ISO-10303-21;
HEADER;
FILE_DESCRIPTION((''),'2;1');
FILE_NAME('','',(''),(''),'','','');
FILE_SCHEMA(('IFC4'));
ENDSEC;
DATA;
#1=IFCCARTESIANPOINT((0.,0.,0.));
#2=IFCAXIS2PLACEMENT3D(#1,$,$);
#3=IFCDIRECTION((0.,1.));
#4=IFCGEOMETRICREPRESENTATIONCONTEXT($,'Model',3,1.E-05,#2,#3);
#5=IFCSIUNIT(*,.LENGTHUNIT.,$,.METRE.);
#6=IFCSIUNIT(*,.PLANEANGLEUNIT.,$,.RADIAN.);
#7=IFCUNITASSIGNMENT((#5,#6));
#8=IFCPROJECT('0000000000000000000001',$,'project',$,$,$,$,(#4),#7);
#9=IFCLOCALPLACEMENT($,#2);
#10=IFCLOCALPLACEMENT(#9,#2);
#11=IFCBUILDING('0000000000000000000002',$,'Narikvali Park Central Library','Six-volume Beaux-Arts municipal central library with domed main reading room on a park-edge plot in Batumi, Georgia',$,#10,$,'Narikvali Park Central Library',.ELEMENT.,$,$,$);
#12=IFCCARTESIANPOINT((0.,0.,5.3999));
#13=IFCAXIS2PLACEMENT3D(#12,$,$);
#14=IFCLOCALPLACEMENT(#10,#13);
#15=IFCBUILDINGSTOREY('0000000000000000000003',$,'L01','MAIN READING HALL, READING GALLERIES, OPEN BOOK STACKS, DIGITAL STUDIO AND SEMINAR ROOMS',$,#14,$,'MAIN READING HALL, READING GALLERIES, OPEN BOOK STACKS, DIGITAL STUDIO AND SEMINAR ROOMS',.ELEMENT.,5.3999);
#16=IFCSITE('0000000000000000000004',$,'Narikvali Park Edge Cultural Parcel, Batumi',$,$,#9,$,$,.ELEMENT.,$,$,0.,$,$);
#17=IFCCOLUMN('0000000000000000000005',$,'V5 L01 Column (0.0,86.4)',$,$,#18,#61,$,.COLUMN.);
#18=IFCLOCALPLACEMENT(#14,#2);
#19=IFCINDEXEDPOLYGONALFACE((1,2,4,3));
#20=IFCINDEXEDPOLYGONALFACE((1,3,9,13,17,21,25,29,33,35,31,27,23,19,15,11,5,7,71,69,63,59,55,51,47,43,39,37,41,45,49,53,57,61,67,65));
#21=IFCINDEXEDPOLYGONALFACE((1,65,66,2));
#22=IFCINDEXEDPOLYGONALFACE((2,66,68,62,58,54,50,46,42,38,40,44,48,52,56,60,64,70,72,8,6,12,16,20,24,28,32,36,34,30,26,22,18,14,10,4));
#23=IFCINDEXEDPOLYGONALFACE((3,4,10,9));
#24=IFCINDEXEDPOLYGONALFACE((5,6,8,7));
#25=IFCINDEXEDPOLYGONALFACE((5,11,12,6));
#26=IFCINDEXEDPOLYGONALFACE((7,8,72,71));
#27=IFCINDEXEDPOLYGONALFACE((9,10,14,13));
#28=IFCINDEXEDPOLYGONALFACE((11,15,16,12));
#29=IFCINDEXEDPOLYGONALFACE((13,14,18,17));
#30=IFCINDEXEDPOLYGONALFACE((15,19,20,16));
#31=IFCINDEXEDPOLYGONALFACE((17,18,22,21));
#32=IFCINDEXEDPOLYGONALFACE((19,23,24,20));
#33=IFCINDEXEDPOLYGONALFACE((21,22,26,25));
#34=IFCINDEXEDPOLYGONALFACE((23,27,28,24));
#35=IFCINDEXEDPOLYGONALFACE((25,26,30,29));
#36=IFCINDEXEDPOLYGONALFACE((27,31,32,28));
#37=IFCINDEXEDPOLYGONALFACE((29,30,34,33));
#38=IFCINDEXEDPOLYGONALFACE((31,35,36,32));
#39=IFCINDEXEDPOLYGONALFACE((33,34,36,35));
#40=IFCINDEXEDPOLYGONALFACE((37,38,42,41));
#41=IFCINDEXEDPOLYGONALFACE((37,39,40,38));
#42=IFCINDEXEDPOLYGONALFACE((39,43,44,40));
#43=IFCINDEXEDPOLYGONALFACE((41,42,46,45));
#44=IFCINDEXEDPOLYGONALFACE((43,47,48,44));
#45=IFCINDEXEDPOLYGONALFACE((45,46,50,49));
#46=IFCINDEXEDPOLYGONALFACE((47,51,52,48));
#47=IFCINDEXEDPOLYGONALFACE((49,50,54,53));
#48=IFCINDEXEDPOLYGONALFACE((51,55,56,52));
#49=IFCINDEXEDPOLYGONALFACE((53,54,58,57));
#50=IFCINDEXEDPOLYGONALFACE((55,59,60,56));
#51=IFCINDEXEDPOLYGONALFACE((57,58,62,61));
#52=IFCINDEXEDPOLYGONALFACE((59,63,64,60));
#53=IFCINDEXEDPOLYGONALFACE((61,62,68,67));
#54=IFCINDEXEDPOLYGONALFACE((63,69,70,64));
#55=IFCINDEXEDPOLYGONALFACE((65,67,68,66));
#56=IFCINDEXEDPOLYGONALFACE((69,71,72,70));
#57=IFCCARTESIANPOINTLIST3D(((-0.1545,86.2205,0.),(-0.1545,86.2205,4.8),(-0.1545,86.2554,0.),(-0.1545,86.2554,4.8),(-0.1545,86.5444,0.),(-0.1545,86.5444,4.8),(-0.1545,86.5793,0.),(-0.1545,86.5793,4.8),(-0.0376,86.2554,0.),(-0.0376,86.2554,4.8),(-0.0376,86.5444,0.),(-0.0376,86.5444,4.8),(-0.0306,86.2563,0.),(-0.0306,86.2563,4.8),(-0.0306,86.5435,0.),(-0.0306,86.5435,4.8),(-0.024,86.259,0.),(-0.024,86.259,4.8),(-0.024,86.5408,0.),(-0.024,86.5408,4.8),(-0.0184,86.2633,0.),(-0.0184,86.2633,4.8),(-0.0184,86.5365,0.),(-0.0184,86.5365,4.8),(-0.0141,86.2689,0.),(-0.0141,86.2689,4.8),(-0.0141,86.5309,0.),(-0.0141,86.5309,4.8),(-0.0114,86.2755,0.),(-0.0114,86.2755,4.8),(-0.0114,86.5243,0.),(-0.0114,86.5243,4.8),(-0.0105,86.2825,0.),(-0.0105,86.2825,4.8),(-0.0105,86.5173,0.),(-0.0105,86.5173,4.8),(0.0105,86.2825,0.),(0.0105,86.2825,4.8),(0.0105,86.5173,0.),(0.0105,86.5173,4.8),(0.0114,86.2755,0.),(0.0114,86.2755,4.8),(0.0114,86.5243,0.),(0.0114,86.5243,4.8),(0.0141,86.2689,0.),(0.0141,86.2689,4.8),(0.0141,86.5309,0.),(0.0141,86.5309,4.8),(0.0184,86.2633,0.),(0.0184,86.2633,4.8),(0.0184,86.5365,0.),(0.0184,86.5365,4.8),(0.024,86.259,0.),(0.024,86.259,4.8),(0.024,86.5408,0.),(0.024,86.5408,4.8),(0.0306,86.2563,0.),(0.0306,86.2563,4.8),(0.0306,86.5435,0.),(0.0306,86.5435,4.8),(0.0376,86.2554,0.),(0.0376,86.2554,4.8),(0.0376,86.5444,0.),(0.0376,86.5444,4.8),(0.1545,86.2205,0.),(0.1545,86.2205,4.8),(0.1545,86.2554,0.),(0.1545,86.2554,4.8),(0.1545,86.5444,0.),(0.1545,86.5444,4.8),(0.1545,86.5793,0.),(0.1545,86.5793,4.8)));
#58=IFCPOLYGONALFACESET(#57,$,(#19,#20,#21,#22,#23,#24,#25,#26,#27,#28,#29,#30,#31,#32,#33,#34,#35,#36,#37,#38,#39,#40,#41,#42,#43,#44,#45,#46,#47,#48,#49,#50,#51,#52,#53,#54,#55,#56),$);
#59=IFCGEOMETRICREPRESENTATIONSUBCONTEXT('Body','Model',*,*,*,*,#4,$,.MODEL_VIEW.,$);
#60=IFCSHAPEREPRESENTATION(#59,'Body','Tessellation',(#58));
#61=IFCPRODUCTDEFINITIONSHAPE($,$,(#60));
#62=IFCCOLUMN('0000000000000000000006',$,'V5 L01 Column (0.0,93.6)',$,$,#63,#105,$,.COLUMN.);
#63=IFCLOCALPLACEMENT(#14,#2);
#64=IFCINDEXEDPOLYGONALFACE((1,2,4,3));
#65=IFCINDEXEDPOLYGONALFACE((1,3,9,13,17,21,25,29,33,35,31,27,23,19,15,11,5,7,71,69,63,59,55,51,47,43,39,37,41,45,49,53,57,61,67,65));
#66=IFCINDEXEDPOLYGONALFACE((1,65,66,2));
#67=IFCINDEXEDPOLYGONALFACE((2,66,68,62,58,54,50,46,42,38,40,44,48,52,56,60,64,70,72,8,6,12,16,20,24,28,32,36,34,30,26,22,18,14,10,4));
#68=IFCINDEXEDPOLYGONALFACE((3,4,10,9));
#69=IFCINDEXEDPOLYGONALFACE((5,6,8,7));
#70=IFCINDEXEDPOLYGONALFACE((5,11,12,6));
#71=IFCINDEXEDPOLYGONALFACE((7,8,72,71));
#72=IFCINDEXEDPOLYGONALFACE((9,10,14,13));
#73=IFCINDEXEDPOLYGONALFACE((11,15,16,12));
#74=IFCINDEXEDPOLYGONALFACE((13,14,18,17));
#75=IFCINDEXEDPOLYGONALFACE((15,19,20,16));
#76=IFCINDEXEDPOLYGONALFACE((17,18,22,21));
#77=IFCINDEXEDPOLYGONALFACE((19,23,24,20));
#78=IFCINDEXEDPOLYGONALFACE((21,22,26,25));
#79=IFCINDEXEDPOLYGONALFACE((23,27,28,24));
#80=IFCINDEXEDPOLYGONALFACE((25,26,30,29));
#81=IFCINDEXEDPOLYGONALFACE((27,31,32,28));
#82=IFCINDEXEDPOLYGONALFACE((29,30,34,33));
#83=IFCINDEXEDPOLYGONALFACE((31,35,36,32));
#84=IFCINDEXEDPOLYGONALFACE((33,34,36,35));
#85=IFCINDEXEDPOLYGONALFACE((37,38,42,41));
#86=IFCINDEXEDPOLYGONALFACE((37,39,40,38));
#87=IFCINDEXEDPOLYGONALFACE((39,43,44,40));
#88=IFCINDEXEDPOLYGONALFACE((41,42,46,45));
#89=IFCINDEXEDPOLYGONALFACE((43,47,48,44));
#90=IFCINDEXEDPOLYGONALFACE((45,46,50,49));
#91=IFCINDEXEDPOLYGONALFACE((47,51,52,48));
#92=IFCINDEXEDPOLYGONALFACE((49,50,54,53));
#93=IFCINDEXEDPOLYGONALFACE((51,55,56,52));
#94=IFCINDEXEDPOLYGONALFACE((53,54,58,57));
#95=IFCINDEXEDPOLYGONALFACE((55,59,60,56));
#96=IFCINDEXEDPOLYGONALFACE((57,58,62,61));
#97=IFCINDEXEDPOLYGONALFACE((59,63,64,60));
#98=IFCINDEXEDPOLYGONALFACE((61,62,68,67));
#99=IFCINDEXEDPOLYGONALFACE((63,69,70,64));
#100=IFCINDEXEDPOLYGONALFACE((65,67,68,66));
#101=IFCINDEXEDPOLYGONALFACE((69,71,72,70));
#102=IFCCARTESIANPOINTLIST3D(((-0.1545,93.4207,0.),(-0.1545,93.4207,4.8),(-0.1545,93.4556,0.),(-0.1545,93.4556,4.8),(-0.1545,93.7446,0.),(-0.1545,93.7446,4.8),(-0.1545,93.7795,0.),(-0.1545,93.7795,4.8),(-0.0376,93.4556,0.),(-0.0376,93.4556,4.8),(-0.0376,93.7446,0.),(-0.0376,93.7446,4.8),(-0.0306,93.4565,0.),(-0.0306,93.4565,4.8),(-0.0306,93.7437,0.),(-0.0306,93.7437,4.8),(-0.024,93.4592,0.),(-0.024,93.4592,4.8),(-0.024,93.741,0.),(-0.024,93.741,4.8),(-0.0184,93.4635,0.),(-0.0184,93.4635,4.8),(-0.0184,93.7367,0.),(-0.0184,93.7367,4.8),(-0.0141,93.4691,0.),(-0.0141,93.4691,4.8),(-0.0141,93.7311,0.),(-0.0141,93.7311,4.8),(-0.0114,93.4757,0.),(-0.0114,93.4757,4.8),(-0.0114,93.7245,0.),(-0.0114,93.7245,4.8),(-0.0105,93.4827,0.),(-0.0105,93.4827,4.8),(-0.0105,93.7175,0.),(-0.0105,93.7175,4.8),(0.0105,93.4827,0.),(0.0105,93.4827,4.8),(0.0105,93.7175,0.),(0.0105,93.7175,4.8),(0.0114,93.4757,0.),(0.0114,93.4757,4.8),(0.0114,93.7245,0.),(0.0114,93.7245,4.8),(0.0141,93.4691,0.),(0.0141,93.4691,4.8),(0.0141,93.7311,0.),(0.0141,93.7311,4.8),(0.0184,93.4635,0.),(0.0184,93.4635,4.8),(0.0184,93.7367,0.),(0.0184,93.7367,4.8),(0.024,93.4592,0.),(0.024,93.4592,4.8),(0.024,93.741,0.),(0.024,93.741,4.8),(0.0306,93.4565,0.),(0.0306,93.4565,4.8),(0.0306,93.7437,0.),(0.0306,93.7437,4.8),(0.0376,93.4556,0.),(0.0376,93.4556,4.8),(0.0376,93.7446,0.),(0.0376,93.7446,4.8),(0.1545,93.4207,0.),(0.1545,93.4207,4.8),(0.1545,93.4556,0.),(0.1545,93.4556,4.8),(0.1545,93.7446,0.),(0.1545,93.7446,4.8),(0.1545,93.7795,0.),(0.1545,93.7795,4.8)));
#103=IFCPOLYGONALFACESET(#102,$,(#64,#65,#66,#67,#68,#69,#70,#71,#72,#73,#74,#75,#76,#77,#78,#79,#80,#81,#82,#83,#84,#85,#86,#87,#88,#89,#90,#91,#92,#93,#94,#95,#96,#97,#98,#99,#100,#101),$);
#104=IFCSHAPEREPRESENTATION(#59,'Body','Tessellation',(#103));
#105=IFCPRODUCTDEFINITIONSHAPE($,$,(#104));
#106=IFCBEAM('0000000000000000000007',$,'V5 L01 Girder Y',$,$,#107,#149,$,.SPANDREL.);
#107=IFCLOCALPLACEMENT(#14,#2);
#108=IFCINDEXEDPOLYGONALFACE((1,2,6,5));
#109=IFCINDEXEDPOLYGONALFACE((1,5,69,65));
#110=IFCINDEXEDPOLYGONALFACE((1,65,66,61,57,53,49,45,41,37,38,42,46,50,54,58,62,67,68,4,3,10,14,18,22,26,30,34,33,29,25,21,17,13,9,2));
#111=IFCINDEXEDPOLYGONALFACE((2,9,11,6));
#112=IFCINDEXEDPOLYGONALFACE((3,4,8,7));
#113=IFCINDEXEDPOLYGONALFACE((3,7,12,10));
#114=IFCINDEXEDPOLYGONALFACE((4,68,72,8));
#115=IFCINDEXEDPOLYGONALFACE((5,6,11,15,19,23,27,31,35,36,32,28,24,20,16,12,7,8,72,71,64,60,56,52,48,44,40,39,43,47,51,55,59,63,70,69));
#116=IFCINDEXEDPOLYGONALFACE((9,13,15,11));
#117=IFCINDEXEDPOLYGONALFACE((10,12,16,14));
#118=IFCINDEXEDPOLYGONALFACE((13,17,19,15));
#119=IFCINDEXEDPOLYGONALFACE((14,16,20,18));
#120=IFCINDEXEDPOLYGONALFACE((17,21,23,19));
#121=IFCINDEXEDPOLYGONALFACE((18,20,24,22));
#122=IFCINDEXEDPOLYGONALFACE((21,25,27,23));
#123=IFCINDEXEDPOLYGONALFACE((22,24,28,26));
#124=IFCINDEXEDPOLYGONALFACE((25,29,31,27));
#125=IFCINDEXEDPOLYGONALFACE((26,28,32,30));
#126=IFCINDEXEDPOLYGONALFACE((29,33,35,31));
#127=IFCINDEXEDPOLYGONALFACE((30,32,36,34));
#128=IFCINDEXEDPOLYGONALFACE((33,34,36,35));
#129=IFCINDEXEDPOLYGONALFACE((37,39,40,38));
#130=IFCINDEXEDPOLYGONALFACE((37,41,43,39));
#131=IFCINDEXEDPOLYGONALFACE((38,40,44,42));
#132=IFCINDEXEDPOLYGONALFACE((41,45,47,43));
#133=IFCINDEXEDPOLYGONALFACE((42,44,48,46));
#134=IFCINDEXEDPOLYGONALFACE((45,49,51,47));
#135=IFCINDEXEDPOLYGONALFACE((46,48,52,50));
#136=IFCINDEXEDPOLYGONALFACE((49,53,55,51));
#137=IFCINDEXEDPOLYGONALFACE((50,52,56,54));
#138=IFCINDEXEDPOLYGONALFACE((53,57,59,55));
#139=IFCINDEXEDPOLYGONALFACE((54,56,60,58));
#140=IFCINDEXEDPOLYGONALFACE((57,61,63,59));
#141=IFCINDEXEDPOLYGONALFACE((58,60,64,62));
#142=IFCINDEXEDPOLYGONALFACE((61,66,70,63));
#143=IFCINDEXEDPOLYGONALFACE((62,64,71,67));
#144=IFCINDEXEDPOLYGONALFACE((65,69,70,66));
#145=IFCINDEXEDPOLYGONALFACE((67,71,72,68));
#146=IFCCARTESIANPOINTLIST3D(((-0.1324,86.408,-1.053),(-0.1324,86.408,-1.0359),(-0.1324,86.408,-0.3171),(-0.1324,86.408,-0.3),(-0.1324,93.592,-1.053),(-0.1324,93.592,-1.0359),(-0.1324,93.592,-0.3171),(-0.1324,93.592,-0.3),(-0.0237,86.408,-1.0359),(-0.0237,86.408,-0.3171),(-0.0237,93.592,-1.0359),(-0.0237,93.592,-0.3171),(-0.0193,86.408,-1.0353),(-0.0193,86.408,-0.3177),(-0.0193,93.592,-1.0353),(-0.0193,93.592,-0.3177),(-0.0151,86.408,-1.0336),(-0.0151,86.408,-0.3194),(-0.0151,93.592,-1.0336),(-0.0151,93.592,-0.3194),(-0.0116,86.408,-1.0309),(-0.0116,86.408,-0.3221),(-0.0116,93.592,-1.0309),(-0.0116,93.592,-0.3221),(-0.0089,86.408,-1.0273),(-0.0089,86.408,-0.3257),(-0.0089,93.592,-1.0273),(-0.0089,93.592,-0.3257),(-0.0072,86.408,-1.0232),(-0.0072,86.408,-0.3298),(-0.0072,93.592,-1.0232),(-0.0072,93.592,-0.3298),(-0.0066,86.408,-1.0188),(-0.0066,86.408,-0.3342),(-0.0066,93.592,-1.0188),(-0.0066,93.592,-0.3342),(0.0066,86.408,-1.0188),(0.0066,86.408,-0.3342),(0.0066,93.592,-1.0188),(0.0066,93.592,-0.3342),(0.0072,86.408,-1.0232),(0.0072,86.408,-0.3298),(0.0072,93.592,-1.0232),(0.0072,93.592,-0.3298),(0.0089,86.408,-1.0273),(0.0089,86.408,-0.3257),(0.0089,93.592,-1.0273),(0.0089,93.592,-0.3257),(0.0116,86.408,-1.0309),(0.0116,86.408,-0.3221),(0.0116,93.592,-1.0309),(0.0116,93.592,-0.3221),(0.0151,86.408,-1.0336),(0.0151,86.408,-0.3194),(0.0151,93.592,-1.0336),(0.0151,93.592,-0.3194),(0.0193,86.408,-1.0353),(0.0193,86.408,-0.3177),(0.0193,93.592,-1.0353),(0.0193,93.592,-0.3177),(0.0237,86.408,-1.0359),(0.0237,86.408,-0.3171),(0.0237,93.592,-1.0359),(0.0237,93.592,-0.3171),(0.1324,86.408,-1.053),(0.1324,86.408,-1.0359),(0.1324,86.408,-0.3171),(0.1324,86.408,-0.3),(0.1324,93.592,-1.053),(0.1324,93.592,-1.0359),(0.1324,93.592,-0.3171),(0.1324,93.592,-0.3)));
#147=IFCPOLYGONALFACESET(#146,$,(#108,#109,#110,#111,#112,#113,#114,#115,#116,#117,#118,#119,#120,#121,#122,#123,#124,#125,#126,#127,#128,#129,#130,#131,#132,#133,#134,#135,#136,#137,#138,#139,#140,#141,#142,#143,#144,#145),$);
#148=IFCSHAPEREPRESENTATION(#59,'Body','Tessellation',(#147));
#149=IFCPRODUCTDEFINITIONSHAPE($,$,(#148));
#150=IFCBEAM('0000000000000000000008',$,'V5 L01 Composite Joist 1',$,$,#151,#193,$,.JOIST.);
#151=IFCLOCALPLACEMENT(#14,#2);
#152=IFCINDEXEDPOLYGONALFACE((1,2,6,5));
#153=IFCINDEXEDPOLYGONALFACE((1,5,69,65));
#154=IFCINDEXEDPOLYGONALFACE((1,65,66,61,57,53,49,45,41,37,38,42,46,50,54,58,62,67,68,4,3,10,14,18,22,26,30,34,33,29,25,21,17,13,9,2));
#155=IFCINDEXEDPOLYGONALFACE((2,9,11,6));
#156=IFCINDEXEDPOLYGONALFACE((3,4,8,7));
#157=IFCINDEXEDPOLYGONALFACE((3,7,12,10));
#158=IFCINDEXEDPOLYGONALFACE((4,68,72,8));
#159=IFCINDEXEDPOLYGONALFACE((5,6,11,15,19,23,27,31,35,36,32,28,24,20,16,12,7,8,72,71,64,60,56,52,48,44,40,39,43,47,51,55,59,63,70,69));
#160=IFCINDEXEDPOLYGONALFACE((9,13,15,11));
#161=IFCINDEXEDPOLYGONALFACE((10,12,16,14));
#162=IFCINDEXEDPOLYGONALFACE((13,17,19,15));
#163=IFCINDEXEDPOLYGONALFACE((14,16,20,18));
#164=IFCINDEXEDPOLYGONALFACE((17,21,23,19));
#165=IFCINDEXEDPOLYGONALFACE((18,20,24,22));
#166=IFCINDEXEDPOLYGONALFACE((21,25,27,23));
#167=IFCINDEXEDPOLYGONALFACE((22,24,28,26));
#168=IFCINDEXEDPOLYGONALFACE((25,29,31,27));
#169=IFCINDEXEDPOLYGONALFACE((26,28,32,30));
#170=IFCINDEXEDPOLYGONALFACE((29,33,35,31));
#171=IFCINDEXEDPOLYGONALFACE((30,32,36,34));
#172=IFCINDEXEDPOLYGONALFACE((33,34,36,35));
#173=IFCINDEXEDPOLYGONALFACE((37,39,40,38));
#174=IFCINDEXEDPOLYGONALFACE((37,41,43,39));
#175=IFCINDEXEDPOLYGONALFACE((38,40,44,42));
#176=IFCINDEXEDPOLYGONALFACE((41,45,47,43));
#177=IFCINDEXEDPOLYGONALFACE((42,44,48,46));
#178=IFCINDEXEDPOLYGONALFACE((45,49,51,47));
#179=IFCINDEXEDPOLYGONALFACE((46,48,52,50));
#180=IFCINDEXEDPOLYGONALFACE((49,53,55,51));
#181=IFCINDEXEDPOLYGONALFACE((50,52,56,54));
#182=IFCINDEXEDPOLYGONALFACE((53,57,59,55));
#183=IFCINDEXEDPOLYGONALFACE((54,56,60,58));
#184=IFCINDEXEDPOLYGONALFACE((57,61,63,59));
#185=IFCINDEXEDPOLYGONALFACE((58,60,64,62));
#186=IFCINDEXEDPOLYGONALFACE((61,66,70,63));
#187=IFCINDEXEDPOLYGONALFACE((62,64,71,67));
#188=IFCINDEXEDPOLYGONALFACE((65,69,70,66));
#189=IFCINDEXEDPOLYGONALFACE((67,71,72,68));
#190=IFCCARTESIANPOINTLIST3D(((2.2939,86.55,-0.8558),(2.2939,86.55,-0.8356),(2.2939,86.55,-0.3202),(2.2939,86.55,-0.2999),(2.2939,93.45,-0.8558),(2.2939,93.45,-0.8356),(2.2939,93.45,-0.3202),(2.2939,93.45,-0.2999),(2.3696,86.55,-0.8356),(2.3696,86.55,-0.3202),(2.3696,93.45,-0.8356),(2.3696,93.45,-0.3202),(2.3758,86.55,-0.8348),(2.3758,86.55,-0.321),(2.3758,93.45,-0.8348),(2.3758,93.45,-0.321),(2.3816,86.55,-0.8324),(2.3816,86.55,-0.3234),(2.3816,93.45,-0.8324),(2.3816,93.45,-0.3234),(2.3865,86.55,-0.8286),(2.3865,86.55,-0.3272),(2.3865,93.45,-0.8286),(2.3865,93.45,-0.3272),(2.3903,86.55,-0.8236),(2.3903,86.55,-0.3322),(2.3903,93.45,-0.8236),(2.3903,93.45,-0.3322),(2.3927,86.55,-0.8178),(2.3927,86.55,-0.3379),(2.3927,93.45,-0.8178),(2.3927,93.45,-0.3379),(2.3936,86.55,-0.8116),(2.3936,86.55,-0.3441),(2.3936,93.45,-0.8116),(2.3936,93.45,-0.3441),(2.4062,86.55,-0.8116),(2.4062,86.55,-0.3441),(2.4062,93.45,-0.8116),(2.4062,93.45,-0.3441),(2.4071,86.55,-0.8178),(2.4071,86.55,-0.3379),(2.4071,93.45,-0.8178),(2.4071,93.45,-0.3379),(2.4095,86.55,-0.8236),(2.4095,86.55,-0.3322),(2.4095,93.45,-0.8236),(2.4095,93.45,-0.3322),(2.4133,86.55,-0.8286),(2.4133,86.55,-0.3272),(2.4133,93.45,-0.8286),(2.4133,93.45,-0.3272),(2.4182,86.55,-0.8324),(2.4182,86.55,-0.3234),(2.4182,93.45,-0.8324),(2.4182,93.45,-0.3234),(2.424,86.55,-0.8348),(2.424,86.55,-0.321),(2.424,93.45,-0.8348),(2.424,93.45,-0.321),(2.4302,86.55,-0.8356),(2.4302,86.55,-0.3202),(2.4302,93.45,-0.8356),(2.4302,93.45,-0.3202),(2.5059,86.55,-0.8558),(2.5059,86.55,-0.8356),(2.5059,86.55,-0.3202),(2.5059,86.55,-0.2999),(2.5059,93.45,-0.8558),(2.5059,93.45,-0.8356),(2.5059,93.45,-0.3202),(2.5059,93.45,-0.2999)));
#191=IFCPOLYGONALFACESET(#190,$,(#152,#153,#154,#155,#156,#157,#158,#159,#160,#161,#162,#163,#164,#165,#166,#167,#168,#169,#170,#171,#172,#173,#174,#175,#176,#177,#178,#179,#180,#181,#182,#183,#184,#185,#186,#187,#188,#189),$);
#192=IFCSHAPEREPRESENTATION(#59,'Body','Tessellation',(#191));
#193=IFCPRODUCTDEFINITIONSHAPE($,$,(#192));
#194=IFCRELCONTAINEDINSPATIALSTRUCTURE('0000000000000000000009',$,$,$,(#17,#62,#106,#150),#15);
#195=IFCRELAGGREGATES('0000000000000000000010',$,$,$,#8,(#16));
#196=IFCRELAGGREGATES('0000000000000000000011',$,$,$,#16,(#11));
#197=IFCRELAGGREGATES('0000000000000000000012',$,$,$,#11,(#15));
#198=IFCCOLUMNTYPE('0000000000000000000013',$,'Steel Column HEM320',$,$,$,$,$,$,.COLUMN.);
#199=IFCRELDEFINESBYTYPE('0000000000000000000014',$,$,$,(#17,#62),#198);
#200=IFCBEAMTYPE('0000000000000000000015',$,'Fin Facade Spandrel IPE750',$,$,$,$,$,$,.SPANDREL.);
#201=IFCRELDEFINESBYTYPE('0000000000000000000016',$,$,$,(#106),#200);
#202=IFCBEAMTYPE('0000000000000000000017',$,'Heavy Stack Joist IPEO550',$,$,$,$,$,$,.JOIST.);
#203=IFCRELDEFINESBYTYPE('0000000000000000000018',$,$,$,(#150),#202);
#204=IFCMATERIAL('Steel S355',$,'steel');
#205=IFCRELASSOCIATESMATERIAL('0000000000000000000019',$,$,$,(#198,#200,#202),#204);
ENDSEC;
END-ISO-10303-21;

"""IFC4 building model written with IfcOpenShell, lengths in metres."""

from ifc_helpers import new_model, si_unit, direction, frame, origin, origin_2d, place, context, subcontext, project, spatial, i_section, extrude, material, material_profile, profile_set, type_object, element, save


model = new_model("IFC4")

# Units and contexts
model_context = context("Model", 3, precision=1e-05, world=origin(), true_north=direction((0.0, 1.0)))
body_context = subcontext(model_context, "Body", "Model", "MODEL_VIEW")
ifc_project = project(units=[si_unit("LENGTHUNIT", "METRE"), si_unit("PLANEANGLEUNIT", "RADIAN")], contexts=[model_context])

# Site, building, storey
site_placement = place(None, origin())
site = spatial("IfcSite", under=ifc_project, at=site_placement, Name="Narikvali Park Edge Cultural Parcel, Batumi", CompositionType="ELEMENT", RefElevation=0.0)
building_placement = place(site_placement, origin())
building = spatial("IfcBuilding", under=site, at=building_placement, Name="Narikvali Park Central Library", Description="Six-volume Beaux-Arts municipal central library with domed main reading room on a park-edge plot in Batumi, Georgia", LongName="Narikvali Park Central Library", CompositionType="ELEMENT")
storey_placement = place(building_placement, frame((0.0, 0.0, 5.3999)))
storey = spatial("IfcBuildingStorey", under=building, at=storey_placement, Name="L01", Description="MAIN READING HALL, READING GALLERIES, OPEN BOOK STACKS, DIGITAL STUDIO AND SEMINAR ROOMS", LongName="MAIN READING HALL, READING GALLERIES, OPEN BOOK STACKS, DIGITAL STUDIO AND SEMINAR ROOMS", CompositionType="ELEMENT", Elevation=5.3999)

# Columns
ifc_material_1 = material(Name="Steel S355", Category="steel")
ifc_material_profile_1 = material_profile(ifc_material_1, i_section(OverallWidth=0.3091, OverallDepth=0.3589, WebThickness=0.021, FlangeThickness=0.0349, FilletRadius=0.0271, at=origin_2d()), Name="HEM 320")
ifc_profile_set_1 = profile_set([ifc_material_profile_1], Name="Steel S355")
column_type_1 = type_object("IfcColumnType", Name="Steel Column HEM320", PredefinedType="COLUMN", material=ifc_profile_set_1)
for number, where, z_axis, x_axis, name in (
    (1, (0.0, 86.3999, 0.0), (0.0, 0.0, 1.0), (1.0, 0.0, 0.0), "V5 L01 Column (0.0,86.4)"),
    (2, (0.0, 93.6001, 0.0), (0.0, 0.0, 1.0), (1.0, 0.0, 0.0), "V5 L01 Column (0.0,93.6)"),
):
    element("IfcColumn", number, at=place(storey_placement, frame(where, z_axis=z_axis, x_axis=x_axis)), inside=storey, type_object=column_type_1, Name=name, PredefinedType="COLUMN", context=body_context, shape_type="SweptSolid", body=[
        extrude(i_section(OverallWidth=0.3091, OverallDepth=0.3589, WebThickness=0.021, FlangeThickness=0.0349, FilletRadius=0.0271, at=origin_2d()), origin(), (0.0, 0.0, 1.0), 4.8),
    ])

# Beams
ifc_material_profile_2 = material_profile(ifc_material_1, i_section(OverallWidth=0.2649, OverallDepth=0.7529, WebThickness=0.0132, FlangeThickness=0.0171, FilletRadius=0.0171, at=origin_2d()), Name="IPE 750x147")
ifc_profile_set_2 = profile_set([ifc_material_profile_2], Name="Steel S355")
beam_type_1 = type_object("IfcBeamType", Name="Fin Facade Spandrel IPE750", PredefinedType="SPANDREL", material=ifc_profile_set_2)
beam_1_placement = place(storey_placement, frame((0.0, 86.408, -0.6765), z_axis=(0.0, 1.0, 0.0), x_axis=(-1.0, 0.0, 0.0)))
element("IfcBeam", 3, at=beam_1_placement, inside=storey, type_object=beam_type_1, Name="V5 L01 Girder Y", PredefinedType="SPANDREL", context=body_context, shape_type="SweptSolid", body=[
    extrude(i_section(OverallWidth=0.2649, OverallDepth=0.7529, WebThickness=0.0132, FlangeThickness=0.0171, FilletRadius=0.0171, at=origin_2d()), origin(), (0.0, 0.0, 1.0), 7.1841),
])
ifc_material_profile_3 = material_profile(ifc_material_1, i_section(OverallWidth=0.2119, OverallDepth=0.5559, WebThickness=0.0127, FlangeThickness=0.0203, FilletRadius=0.0239, at=origin_2d()), Name="IPEO 550")
ifc_profile_set_3 = profile_set([ifc_material_profile_3], Name="Steel S355")
beam_type_2 = type_object("IfcBeamType", Name="Heavy Stack Joist IPEO550", PredefinedType="JOIST", material=ifc_profile_set_3)
for number, where, z_axis, x_axis, name in (
    (4, (2.3999, 86.55, -0.5779), (0.0, 1.0, 0.0), (-1.0, 0.0, 0.0), "V5 L01 Composite Joist 1"),
):
    element("IfcBeam", number, at=place(storey_placement, frame(where, z_axis=z_axis, x_axis=x_axis)), inside=storey, type_object=beam_type_2, Name=name, PredefinedType="JOIST", context=body_context, shape_type="SweptSolid", body=[
        extrude(i_section(OverallWidth=0.2119, OverallDepth=0.5559, WebThickness=0.0127, FlangeThickness=0.0203, FilletRadius=0.0239, at=origin_2d()), origin(), (0.0, 0.0, 1.0), 6.8999),
    ])

save(model, "model.ifc")
